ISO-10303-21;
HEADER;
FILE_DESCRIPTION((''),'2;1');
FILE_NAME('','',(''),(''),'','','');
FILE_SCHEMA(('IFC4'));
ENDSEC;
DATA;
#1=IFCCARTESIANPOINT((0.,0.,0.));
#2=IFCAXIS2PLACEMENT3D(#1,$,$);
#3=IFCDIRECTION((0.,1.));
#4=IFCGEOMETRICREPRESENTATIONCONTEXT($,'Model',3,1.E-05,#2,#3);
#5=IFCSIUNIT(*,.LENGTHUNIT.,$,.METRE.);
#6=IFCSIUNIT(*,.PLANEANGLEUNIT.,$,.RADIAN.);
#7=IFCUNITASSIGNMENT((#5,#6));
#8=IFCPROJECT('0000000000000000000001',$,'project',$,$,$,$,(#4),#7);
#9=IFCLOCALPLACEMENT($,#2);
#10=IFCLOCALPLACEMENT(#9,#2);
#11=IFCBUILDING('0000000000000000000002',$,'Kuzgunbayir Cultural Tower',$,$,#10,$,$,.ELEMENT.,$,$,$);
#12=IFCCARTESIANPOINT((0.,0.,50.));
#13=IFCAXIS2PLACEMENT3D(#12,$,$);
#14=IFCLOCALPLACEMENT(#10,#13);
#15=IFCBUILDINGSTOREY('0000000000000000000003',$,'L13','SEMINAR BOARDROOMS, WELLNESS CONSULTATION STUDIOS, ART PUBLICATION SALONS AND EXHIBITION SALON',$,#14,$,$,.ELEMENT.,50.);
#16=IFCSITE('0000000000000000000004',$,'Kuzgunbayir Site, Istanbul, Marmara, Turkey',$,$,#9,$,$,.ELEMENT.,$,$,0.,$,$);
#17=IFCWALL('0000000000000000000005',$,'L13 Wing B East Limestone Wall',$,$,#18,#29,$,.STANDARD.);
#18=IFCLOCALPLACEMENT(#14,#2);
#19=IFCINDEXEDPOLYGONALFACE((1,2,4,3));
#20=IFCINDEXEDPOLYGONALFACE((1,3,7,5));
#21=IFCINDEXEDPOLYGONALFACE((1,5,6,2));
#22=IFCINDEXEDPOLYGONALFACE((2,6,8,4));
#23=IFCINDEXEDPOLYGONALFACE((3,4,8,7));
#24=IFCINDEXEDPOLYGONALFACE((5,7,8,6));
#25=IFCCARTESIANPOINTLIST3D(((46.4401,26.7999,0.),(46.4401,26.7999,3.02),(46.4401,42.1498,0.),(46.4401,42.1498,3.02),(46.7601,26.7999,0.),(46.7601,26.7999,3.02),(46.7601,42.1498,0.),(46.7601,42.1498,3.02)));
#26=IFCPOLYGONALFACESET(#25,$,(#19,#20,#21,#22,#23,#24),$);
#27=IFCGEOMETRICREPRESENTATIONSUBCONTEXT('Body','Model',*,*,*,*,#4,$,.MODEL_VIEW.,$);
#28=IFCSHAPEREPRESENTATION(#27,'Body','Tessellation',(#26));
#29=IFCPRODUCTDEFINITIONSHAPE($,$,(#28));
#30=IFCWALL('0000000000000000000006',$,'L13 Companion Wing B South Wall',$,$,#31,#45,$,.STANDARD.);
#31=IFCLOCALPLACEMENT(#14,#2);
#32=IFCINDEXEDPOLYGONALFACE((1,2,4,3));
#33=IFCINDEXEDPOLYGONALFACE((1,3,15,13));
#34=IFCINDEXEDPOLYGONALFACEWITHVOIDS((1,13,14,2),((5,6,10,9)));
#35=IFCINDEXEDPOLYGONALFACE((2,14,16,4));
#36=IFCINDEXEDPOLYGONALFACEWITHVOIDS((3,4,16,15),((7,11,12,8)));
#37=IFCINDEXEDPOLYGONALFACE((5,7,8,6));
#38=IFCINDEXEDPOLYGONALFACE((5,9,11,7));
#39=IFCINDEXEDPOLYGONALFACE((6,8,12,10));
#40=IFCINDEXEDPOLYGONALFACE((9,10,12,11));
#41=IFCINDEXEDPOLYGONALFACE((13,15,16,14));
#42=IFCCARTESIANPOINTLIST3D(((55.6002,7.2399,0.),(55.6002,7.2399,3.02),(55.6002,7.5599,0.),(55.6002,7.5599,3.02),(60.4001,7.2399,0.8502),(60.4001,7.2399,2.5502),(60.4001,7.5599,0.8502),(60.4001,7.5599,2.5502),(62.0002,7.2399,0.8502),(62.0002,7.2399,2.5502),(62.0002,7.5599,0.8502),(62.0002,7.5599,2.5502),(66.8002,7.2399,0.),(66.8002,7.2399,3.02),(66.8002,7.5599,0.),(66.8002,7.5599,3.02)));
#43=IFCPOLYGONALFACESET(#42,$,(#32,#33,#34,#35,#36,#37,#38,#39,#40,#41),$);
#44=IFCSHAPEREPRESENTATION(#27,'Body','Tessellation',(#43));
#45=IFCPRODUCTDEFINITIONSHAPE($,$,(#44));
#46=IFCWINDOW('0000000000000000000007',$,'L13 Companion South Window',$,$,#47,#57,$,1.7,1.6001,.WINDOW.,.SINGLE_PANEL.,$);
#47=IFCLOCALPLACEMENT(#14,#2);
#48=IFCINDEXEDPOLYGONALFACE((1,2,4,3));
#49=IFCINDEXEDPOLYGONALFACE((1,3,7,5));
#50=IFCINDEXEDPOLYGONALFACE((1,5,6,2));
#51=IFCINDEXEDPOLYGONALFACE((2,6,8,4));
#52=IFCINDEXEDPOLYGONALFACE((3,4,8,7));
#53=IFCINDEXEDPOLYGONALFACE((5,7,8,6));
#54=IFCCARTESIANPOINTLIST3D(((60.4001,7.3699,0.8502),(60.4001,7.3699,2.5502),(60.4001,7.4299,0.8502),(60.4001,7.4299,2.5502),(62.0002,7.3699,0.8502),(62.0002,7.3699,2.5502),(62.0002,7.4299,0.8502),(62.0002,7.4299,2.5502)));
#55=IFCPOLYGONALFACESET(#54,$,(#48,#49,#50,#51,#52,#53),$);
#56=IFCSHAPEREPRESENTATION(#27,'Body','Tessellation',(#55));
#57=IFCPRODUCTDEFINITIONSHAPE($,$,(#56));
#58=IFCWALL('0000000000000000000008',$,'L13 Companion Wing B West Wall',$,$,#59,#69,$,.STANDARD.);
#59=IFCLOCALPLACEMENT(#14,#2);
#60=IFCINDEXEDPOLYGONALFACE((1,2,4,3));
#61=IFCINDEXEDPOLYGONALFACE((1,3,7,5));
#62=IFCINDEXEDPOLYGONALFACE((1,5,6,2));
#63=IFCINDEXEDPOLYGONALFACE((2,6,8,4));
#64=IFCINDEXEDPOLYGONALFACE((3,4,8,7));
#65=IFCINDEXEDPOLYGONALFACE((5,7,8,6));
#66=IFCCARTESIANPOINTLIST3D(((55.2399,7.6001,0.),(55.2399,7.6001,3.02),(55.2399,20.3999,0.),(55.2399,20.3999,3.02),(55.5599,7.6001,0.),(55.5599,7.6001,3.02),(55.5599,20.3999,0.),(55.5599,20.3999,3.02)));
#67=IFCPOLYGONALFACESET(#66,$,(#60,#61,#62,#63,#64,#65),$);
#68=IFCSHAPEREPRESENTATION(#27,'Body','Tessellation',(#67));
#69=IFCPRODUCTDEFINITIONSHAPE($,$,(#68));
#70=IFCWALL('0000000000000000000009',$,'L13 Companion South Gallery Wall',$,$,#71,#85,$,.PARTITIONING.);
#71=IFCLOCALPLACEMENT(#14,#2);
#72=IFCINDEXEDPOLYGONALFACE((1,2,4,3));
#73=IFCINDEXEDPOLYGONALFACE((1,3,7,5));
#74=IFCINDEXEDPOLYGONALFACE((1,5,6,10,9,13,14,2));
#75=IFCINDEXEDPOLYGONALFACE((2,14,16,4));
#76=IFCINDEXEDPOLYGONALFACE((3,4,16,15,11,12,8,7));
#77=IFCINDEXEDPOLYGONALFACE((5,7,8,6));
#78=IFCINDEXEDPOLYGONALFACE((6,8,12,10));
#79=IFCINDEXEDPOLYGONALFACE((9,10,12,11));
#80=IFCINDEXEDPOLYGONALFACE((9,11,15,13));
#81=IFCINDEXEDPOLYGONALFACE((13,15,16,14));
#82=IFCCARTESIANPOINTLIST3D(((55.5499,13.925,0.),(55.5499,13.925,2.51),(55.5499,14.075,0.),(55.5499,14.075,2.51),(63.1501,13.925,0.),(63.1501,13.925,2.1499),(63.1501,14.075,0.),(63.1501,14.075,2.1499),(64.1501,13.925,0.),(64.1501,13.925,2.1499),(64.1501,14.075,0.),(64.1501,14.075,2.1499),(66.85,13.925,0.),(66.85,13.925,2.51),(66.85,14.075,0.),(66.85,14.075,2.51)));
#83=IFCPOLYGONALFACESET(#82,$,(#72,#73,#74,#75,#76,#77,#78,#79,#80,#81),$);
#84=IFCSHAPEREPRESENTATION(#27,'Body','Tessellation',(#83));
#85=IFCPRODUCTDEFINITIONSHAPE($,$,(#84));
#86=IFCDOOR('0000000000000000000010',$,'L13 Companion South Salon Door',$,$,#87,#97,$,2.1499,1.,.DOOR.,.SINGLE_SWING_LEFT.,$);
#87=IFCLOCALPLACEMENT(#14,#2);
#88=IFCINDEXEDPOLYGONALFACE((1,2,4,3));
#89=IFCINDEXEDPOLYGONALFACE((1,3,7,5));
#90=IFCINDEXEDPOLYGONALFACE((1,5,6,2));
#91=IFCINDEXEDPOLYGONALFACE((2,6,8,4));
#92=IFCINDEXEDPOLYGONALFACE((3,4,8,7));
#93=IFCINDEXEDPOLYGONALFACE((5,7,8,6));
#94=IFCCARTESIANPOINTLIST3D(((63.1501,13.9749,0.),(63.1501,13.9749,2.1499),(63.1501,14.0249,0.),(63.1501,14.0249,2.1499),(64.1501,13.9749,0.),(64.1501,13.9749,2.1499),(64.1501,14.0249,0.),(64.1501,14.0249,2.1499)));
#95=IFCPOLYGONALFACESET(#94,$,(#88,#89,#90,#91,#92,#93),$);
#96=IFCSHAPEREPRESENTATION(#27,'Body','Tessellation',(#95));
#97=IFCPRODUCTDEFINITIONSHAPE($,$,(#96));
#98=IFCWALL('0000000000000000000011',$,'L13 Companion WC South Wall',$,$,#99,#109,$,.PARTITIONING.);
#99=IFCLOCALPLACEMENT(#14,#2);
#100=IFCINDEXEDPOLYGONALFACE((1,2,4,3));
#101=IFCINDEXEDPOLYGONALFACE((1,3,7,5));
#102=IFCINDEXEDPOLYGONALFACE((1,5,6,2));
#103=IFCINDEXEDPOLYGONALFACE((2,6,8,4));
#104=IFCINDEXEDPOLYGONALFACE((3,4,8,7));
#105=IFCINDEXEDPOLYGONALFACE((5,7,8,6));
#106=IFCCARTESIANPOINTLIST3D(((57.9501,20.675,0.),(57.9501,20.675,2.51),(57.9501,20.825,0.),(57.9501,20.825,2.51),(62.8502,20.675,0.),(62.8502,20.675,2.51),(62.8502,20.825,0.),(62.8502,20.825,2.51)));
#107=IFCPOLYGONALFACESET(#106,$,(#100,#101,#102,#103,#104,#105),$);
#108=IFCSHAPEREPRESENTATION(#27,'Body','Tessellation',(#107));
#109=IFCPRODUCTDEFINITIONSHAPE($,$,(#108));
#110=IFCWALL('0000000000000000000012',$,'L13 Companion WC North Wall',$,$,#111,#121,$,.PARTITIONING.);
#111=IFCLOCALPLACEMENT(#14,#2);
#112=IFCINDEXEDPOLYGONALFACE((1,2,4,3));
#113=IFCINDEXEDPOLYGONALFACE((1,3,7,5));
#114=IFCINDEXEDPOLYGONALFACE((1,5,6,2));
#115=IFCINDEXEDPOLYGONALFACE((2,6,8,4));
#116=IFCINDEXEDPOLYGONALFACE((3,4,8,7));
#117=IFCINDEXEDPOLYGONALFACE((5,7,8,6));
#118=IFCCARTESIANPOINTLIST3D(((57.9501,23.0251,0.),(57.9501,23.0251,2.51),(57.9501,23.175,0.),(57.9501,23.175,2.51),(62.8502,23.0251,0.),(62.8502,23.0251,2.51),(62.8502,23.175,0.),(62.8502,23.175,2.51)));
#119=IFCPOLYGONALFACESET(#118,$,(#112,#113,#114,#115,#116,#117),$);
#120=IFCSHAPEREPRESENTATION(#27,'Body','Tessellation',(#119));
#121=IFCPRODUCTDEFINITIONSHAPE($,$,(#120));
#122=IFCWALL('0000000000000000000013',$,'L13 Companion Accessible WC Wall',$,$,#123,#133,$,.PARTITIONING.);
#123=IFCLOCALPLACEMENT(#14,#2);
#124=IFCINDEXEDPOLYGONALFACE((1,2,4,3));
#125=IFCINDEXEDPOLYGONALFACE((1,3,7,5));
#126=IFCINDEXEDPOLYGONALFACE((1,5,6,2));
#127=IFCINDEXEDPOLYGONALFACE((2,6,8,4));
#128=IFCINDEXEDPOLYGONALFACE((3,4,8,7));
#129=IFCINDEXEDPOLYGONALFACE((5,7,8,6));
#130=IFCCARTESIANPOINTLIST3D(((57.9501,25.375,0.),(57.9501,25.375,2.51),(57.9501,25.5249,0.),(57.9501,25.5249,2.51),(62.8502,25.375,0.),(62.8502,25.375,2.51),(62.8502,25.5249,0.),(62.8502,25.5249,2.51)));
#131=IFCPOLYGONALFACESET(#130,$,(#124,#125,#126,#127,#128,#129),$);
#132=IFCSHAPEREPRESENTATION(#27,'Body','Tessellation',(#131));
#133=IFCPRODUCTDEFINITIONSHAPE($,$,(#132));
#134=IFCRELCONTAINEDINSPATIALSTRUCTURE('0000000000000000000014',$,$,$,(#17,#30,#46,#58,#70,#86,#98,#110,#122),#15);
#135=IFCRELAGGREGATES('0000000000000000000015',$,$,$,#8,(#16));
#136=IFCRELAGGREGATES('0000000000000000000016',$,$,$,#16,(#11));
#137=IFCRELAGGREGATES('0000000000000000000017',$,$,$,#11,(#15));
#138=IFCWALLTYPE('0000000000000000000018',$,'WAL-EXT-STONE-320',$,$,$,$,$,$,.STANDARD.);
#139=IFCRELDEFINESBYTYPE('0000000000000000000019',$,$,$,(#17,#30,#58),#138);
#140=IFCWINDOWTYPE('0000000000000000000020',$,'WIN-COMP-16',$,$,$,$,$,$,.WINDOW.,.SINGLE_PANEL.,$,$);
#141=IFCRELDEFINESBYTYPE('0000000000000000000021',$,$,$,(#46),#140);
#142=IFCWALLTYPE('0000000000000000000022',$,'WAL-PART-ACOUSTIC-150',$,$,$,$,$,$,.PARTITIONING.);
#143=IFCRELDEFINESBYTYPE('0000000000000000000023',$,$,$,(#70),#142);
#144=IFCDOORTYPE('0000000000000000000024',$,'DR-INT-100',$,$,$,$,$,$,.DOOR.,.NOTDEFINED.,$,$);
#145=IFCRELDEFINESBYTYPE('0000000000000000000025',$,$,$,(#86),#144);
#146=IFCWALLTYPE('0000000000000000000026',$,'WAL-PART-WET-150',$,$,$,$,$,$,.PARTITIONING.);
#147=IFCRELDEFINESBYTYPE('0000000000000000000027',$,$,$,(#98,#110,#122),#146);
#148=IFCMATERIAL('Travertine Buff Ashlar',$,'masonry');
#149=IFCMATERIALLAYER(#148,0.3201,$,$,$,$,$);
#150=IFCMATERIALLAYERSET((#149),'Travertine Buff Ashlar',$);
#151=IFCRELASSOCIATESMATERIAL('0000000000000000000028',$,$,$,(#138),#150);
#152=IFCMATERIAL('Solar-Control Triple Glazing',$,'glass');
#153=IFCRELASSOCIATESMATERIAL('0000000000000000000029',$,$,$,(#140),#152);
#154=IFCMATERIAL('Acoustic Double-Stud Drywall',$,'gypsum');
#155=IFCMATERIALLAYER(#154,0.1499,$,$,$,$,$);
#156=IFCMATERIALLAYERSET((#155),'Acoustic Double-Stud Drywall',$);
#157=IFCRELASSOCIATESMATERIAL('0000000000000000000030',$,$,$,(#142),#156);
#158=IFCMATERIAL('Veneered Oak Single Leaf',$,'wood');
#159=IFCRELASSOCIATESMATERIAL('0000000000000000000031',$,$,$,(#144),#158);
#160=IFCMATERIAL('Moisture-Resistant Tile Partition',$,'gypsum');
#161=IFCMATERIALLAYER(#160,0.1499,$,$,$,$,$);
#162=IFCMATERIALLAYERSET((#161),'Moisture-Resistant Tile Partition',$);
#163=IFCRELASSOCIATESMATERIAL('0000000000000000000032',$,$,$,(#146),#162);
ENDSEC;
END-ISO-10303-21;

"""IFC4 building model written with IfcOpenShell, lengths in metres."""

from ifc_helpers import new_model, si_unit, direction, frame, frame_2d, origin, place, context, subcontext, project, spatial, rectangle, extrude, material, layer, layer_set, type_object, element, fill, save


model = new_model("IFC4")

# Units and contexts
model_context = context("Model", 3, precision=1e-05, world=origin(), true_north=direction((0.0, 1.0)))
body_context = subcontext(model_context, "Body", "Model", "MODEL_VIEW")
ifc_project = project(units=[si_unit("LENGTHUNIT", "METRE"), si_unit("PLANEANGLEUNIT", "RADIAN")], contexts=[model_context])

# Site, building, storey
site_placement = place(None, origin())
site = spatial("IfcSite", under=ifc_project, at=site_placement, Name="Kuzgunbayir Site, Istanbul, Marmara, Turkey", CompositionType="ELEMENT", RefElevation=0.0)
building_placement = place(site_placement, origin())
building = spatial("IfcBuilding", under=site, at=building_placement, Name="Kuzgunbayir Cultural Tower", CompositionType="ELEMENT")
storey_placement = place(building_placement, frame((0.0, 0.0, 50.0)))
storey = spatial("IfcBuildingStorey", under=building, at=storey_placement, Name="L13", Description="SEMINAR BOARDROOMS, WELLNESS CONSULTATION STUDIOS, ART PUBLICATION SALONS AND EXHIBITION SALON", CompositionType="ELEMENT", Elevation=50.0)

# Wall
ifc_material_1 = material(Name="Travertine Buff Ashlar", Category="masonry")
ifc_layer_1 = layer(ifc_material_1, 0.3201)
ifc_layer_set_1 = layer_set([ifc_layer_1], Name="Travertine Buff Ashlar")
wall_type_1 = type_object("IfcWallType", Name="WAL-EXT-STONE-320", PredefinedType="STANDARD", material=ifc_layer_set_1)
wall_1_placement = place(storey_placement, frame((46.6001, 26.8, 0.0), z_axis=(0.0, 0.0, 1.0), x_axis=(0.0, 1.0, 0.0)))
element("IfcWall", 1, at=wall_1_placement, inside=storey, type_object=wall_type_1, Name="L13 Wing B East Limestone Wall", PredefinedType="STANDARD", context=body_context, shape_type="SweptSolid", body=[
    extrude(rectangle(XDim=15.3499, YDim=0.3201, at=frame_2d((7.6748, 0.0))), origin(), (0.0, 0.0, 1.0), 3.02),
])

# Wall, opening, window
wall_2_placement = place(storey_placement, frame((55.6001, 7.3999, 0.0), z_axis=(0.0, 0.0, 1.0), x_axis=(1.0, 0.0, 0.0)))
wall_2 = element("IfcWall", 2, at=wall_2_placement, inside=storey, type_object=wall_type_1, Name="L13 Companion Wing B South Wall", PredefinedType="STANDARD", context=body_context, shape_type="SweptSolid", body=[
    extrude(rectangle(XDim=11.2, YDim=0.3201, at=frame_2d((5.6001, 0.0))), origin(), (0.0, 0.0, 1.0), 3.02),
])
opening_1_placement = place(wall_2_placement, frame((4.8, 0.0, 0.8501)))
opening_1 = element("IfcOpeningElement", 3, at=opening_1_placement, cuts=wall_2, PredefinedType="OPENING", context=body_context, shape_type="SweptSolid", body=[
    extrude(rectangle(XDim=1.6001, YDim=1.7, at=frame_2d((0.8, 0.8501))), frame((0.0, 0.1699, 0.0), z_axis=(0.0, -1.0, 0.0), x_axis=(1.0, 0.0, 0.0)), (0.0, 0.0, 1.0), 0.3401),
])
ifc_material_2 = material(Name="Solar-Control Triple Glazing", Category="glass")
window_type = type_object("IfcWindowType", Name="WIN-COMP-16", PartitioningType="SINGLE_PANEL", PredefinedType="WINDOW", material=ifc_material_2)
window_placement = place(opening_1_placement, origin())
window = element("IfcWindow", 4, at=window_placement, inside=storey, type_object=window_type, Name="L13 Companion South Window", OverallHeight=1.7, OverallWidth=1.6001, PartitioningType="SINGLE_PANEL", PredefinedType="WINDOW", context=body_context, shape_type="SweptSolid", body=[
    extrude(rectangle(XDim=1.6001, YDim=1.7, at=frame_2d((0.8, 0.8501))), frame((0.0, 0.03, 0.0), z_axis=(0.0, -1.0, 0.0), x_axis=(1.0, 0.0, 0.0)), (0.0, 0.0, 1.0), 0.0601),
])
fill(opening_1, window)

# Wall
wall_3_placement = place(storey_placement, frame((55.3999, 20.3999, 0.0), z_axis=(0.0, 0.0, 1.0), x_axis=(0.0, -1.0, 0.0)))
element("IfcWall", 5, at=wall_3_placement, inside=storey, type_object=wall_type_1, Name="L13 Companion Wing B West Wall", PredefinedType="STANDARD", context=body_context, shape_type="SweptSolid", body=[
    extrude(rectangle(XDim=12.7998, YDim=0.3201, at=frame_2d((6.3999, 0.0))), origin(), (0.0, 0.0, 1.0), 3.02),
])

# Wall, opening, door
ifc_material_3 = material(Name="Acoustic Double-Stud Drywall", Category="gypsum")
ifc_layer_2 = layer(ifc_material_3, 0.1499)
ifc_layer_set_2 = layer_set([ifc_layer_2], Name="Acoustic Double-Stud Drywall")
wall_type_2 = type_object("IfcWallType", Name="WAL-PART-ACOUSTIC-150", PredefinedType="PARTITIONING", material=ifc_layer_set_2)
wall_4_placement = place(storey_placement, frame((55.55, 14.0, 0.0), z_axis=(0.0, 0.0, 1.0), x_axis=(1.0, 0.0, 0.0)))
wall_4 = element("IfcWall", 6, at=wall_4_placement, inside=storey, type_object=wall_type_2, Name="L13 Companion South Gallery Wall", PredefinedType="PARTITIONING", context=body_context, shape_type="SweptSolid", body=[
    extrude(rectangle(XDim=11.3, YDim=0.1499, at=frame_2d((5.6499, 0.0))), origin(), (0.0, 0.0, 1.0), 2.51),
])
opening_2_placement = place(wall_4_placement, frame((7.6001, 0.0, 0.0)))
opening_2 = element("IfcOpeningElement", 7, at=opening_2_placement, cuts=wall_4, PredefinedType="OPENING", context=body_context, shape_type="SweptSolid", body=[
    extrude(rectangle(XDim=1.0, YDim=2.1499, at=frame_2d((0.5, 1.075))), frame((0.0, 0.085, 0.0), z_axis=(0.0, -1.0, 0.0), x_axis=(1.0, 0.0, 0.0)), (0.0, 0.0, 1.0), 0.1699),
])
ifc_material_4 = material(Name="Veneered Oak Single Leaf", Category="wood")
door_type = type_object("IfcDoorType", Name="DR-INT-100", OperationType="NOTDEFINED", PredefinedType="DOOR", material=ifc_material_4)
door_placement = place(opening_2_placement, origin())
door = element("IfcDoor", 8, at=door_placement, inside=storey, type_object=door_type, Name="L13 Companion South Salon Door", OperationType="SINGLE_SWING_LEFT", OverallHeight=2.1499, OverallWidth=1.0, PredefinedType="DOOR", context=body_context, shape_type="SweptSolid", body=[
    extrude(rectangle(XDim=1.0, YDim=2.1499, at=frame_2d((0.5, 1.075))), frame((0.0, 0.0249, 0.0), z_axis=(0.0, -1.0, 0.0), x_axis=(1.0, 0.0, 0.0)), (0.0, 0.0, 1.0), 0.05),
])
fill(opening_2, door)

# Walls
ifc_material_5 = material(Name="Moisture-Resistant Tile Partition", Category="gypsum")
ifc_layer_3 = layer(ifc_material_5, 0.1499)
ifc_layer_set_3 = layer_set([ifc_layer_3], Name="Moisture-Resistant Tile Partition")
wall_type_3 = type_object("IfcWallType", Name="WAL-PART-WET-150", PredefinedType="PARTITIONING", material=ifc_layer_set_3)
for number, where, z_axis, x_axis, name in (
    (9, (57.95, 20.75, 0.0), (0.0, 0.0, 1.0), (1.0, 0.0, 0.0), "L13 Companion WC South Wall"),
    (10, (57.95, 23.1001, 0.0), (0.0, 0.0, 1.0), (1.0, 0.0, 0.0), "L13 Companion WC North Wall"),
    (11, (57.95, 25.45, 0.0), (0.0, 0.0, 1.0), (1.0, 0.0, 0.0), "L13 Companion Accessible WC Wall"),
):
    element("IfcWall", number, at=place(storey_placement, frame(where, z_axis=z_axis, x_axis=x_axis)), inside=storey, type_object=wall_type_3, Name=name, PredefinedType="PARTITIONING", context=body_context, shape_type="SweptSolid", body=[
        extrude(rectangle(XDim=4.9001, YDim=0.1499, at=frame_2d((2.4502, 0.0))), origin(), (0.0, 0.0, 1.0), 2.51),
    ])

save(model, "model.ifc")
